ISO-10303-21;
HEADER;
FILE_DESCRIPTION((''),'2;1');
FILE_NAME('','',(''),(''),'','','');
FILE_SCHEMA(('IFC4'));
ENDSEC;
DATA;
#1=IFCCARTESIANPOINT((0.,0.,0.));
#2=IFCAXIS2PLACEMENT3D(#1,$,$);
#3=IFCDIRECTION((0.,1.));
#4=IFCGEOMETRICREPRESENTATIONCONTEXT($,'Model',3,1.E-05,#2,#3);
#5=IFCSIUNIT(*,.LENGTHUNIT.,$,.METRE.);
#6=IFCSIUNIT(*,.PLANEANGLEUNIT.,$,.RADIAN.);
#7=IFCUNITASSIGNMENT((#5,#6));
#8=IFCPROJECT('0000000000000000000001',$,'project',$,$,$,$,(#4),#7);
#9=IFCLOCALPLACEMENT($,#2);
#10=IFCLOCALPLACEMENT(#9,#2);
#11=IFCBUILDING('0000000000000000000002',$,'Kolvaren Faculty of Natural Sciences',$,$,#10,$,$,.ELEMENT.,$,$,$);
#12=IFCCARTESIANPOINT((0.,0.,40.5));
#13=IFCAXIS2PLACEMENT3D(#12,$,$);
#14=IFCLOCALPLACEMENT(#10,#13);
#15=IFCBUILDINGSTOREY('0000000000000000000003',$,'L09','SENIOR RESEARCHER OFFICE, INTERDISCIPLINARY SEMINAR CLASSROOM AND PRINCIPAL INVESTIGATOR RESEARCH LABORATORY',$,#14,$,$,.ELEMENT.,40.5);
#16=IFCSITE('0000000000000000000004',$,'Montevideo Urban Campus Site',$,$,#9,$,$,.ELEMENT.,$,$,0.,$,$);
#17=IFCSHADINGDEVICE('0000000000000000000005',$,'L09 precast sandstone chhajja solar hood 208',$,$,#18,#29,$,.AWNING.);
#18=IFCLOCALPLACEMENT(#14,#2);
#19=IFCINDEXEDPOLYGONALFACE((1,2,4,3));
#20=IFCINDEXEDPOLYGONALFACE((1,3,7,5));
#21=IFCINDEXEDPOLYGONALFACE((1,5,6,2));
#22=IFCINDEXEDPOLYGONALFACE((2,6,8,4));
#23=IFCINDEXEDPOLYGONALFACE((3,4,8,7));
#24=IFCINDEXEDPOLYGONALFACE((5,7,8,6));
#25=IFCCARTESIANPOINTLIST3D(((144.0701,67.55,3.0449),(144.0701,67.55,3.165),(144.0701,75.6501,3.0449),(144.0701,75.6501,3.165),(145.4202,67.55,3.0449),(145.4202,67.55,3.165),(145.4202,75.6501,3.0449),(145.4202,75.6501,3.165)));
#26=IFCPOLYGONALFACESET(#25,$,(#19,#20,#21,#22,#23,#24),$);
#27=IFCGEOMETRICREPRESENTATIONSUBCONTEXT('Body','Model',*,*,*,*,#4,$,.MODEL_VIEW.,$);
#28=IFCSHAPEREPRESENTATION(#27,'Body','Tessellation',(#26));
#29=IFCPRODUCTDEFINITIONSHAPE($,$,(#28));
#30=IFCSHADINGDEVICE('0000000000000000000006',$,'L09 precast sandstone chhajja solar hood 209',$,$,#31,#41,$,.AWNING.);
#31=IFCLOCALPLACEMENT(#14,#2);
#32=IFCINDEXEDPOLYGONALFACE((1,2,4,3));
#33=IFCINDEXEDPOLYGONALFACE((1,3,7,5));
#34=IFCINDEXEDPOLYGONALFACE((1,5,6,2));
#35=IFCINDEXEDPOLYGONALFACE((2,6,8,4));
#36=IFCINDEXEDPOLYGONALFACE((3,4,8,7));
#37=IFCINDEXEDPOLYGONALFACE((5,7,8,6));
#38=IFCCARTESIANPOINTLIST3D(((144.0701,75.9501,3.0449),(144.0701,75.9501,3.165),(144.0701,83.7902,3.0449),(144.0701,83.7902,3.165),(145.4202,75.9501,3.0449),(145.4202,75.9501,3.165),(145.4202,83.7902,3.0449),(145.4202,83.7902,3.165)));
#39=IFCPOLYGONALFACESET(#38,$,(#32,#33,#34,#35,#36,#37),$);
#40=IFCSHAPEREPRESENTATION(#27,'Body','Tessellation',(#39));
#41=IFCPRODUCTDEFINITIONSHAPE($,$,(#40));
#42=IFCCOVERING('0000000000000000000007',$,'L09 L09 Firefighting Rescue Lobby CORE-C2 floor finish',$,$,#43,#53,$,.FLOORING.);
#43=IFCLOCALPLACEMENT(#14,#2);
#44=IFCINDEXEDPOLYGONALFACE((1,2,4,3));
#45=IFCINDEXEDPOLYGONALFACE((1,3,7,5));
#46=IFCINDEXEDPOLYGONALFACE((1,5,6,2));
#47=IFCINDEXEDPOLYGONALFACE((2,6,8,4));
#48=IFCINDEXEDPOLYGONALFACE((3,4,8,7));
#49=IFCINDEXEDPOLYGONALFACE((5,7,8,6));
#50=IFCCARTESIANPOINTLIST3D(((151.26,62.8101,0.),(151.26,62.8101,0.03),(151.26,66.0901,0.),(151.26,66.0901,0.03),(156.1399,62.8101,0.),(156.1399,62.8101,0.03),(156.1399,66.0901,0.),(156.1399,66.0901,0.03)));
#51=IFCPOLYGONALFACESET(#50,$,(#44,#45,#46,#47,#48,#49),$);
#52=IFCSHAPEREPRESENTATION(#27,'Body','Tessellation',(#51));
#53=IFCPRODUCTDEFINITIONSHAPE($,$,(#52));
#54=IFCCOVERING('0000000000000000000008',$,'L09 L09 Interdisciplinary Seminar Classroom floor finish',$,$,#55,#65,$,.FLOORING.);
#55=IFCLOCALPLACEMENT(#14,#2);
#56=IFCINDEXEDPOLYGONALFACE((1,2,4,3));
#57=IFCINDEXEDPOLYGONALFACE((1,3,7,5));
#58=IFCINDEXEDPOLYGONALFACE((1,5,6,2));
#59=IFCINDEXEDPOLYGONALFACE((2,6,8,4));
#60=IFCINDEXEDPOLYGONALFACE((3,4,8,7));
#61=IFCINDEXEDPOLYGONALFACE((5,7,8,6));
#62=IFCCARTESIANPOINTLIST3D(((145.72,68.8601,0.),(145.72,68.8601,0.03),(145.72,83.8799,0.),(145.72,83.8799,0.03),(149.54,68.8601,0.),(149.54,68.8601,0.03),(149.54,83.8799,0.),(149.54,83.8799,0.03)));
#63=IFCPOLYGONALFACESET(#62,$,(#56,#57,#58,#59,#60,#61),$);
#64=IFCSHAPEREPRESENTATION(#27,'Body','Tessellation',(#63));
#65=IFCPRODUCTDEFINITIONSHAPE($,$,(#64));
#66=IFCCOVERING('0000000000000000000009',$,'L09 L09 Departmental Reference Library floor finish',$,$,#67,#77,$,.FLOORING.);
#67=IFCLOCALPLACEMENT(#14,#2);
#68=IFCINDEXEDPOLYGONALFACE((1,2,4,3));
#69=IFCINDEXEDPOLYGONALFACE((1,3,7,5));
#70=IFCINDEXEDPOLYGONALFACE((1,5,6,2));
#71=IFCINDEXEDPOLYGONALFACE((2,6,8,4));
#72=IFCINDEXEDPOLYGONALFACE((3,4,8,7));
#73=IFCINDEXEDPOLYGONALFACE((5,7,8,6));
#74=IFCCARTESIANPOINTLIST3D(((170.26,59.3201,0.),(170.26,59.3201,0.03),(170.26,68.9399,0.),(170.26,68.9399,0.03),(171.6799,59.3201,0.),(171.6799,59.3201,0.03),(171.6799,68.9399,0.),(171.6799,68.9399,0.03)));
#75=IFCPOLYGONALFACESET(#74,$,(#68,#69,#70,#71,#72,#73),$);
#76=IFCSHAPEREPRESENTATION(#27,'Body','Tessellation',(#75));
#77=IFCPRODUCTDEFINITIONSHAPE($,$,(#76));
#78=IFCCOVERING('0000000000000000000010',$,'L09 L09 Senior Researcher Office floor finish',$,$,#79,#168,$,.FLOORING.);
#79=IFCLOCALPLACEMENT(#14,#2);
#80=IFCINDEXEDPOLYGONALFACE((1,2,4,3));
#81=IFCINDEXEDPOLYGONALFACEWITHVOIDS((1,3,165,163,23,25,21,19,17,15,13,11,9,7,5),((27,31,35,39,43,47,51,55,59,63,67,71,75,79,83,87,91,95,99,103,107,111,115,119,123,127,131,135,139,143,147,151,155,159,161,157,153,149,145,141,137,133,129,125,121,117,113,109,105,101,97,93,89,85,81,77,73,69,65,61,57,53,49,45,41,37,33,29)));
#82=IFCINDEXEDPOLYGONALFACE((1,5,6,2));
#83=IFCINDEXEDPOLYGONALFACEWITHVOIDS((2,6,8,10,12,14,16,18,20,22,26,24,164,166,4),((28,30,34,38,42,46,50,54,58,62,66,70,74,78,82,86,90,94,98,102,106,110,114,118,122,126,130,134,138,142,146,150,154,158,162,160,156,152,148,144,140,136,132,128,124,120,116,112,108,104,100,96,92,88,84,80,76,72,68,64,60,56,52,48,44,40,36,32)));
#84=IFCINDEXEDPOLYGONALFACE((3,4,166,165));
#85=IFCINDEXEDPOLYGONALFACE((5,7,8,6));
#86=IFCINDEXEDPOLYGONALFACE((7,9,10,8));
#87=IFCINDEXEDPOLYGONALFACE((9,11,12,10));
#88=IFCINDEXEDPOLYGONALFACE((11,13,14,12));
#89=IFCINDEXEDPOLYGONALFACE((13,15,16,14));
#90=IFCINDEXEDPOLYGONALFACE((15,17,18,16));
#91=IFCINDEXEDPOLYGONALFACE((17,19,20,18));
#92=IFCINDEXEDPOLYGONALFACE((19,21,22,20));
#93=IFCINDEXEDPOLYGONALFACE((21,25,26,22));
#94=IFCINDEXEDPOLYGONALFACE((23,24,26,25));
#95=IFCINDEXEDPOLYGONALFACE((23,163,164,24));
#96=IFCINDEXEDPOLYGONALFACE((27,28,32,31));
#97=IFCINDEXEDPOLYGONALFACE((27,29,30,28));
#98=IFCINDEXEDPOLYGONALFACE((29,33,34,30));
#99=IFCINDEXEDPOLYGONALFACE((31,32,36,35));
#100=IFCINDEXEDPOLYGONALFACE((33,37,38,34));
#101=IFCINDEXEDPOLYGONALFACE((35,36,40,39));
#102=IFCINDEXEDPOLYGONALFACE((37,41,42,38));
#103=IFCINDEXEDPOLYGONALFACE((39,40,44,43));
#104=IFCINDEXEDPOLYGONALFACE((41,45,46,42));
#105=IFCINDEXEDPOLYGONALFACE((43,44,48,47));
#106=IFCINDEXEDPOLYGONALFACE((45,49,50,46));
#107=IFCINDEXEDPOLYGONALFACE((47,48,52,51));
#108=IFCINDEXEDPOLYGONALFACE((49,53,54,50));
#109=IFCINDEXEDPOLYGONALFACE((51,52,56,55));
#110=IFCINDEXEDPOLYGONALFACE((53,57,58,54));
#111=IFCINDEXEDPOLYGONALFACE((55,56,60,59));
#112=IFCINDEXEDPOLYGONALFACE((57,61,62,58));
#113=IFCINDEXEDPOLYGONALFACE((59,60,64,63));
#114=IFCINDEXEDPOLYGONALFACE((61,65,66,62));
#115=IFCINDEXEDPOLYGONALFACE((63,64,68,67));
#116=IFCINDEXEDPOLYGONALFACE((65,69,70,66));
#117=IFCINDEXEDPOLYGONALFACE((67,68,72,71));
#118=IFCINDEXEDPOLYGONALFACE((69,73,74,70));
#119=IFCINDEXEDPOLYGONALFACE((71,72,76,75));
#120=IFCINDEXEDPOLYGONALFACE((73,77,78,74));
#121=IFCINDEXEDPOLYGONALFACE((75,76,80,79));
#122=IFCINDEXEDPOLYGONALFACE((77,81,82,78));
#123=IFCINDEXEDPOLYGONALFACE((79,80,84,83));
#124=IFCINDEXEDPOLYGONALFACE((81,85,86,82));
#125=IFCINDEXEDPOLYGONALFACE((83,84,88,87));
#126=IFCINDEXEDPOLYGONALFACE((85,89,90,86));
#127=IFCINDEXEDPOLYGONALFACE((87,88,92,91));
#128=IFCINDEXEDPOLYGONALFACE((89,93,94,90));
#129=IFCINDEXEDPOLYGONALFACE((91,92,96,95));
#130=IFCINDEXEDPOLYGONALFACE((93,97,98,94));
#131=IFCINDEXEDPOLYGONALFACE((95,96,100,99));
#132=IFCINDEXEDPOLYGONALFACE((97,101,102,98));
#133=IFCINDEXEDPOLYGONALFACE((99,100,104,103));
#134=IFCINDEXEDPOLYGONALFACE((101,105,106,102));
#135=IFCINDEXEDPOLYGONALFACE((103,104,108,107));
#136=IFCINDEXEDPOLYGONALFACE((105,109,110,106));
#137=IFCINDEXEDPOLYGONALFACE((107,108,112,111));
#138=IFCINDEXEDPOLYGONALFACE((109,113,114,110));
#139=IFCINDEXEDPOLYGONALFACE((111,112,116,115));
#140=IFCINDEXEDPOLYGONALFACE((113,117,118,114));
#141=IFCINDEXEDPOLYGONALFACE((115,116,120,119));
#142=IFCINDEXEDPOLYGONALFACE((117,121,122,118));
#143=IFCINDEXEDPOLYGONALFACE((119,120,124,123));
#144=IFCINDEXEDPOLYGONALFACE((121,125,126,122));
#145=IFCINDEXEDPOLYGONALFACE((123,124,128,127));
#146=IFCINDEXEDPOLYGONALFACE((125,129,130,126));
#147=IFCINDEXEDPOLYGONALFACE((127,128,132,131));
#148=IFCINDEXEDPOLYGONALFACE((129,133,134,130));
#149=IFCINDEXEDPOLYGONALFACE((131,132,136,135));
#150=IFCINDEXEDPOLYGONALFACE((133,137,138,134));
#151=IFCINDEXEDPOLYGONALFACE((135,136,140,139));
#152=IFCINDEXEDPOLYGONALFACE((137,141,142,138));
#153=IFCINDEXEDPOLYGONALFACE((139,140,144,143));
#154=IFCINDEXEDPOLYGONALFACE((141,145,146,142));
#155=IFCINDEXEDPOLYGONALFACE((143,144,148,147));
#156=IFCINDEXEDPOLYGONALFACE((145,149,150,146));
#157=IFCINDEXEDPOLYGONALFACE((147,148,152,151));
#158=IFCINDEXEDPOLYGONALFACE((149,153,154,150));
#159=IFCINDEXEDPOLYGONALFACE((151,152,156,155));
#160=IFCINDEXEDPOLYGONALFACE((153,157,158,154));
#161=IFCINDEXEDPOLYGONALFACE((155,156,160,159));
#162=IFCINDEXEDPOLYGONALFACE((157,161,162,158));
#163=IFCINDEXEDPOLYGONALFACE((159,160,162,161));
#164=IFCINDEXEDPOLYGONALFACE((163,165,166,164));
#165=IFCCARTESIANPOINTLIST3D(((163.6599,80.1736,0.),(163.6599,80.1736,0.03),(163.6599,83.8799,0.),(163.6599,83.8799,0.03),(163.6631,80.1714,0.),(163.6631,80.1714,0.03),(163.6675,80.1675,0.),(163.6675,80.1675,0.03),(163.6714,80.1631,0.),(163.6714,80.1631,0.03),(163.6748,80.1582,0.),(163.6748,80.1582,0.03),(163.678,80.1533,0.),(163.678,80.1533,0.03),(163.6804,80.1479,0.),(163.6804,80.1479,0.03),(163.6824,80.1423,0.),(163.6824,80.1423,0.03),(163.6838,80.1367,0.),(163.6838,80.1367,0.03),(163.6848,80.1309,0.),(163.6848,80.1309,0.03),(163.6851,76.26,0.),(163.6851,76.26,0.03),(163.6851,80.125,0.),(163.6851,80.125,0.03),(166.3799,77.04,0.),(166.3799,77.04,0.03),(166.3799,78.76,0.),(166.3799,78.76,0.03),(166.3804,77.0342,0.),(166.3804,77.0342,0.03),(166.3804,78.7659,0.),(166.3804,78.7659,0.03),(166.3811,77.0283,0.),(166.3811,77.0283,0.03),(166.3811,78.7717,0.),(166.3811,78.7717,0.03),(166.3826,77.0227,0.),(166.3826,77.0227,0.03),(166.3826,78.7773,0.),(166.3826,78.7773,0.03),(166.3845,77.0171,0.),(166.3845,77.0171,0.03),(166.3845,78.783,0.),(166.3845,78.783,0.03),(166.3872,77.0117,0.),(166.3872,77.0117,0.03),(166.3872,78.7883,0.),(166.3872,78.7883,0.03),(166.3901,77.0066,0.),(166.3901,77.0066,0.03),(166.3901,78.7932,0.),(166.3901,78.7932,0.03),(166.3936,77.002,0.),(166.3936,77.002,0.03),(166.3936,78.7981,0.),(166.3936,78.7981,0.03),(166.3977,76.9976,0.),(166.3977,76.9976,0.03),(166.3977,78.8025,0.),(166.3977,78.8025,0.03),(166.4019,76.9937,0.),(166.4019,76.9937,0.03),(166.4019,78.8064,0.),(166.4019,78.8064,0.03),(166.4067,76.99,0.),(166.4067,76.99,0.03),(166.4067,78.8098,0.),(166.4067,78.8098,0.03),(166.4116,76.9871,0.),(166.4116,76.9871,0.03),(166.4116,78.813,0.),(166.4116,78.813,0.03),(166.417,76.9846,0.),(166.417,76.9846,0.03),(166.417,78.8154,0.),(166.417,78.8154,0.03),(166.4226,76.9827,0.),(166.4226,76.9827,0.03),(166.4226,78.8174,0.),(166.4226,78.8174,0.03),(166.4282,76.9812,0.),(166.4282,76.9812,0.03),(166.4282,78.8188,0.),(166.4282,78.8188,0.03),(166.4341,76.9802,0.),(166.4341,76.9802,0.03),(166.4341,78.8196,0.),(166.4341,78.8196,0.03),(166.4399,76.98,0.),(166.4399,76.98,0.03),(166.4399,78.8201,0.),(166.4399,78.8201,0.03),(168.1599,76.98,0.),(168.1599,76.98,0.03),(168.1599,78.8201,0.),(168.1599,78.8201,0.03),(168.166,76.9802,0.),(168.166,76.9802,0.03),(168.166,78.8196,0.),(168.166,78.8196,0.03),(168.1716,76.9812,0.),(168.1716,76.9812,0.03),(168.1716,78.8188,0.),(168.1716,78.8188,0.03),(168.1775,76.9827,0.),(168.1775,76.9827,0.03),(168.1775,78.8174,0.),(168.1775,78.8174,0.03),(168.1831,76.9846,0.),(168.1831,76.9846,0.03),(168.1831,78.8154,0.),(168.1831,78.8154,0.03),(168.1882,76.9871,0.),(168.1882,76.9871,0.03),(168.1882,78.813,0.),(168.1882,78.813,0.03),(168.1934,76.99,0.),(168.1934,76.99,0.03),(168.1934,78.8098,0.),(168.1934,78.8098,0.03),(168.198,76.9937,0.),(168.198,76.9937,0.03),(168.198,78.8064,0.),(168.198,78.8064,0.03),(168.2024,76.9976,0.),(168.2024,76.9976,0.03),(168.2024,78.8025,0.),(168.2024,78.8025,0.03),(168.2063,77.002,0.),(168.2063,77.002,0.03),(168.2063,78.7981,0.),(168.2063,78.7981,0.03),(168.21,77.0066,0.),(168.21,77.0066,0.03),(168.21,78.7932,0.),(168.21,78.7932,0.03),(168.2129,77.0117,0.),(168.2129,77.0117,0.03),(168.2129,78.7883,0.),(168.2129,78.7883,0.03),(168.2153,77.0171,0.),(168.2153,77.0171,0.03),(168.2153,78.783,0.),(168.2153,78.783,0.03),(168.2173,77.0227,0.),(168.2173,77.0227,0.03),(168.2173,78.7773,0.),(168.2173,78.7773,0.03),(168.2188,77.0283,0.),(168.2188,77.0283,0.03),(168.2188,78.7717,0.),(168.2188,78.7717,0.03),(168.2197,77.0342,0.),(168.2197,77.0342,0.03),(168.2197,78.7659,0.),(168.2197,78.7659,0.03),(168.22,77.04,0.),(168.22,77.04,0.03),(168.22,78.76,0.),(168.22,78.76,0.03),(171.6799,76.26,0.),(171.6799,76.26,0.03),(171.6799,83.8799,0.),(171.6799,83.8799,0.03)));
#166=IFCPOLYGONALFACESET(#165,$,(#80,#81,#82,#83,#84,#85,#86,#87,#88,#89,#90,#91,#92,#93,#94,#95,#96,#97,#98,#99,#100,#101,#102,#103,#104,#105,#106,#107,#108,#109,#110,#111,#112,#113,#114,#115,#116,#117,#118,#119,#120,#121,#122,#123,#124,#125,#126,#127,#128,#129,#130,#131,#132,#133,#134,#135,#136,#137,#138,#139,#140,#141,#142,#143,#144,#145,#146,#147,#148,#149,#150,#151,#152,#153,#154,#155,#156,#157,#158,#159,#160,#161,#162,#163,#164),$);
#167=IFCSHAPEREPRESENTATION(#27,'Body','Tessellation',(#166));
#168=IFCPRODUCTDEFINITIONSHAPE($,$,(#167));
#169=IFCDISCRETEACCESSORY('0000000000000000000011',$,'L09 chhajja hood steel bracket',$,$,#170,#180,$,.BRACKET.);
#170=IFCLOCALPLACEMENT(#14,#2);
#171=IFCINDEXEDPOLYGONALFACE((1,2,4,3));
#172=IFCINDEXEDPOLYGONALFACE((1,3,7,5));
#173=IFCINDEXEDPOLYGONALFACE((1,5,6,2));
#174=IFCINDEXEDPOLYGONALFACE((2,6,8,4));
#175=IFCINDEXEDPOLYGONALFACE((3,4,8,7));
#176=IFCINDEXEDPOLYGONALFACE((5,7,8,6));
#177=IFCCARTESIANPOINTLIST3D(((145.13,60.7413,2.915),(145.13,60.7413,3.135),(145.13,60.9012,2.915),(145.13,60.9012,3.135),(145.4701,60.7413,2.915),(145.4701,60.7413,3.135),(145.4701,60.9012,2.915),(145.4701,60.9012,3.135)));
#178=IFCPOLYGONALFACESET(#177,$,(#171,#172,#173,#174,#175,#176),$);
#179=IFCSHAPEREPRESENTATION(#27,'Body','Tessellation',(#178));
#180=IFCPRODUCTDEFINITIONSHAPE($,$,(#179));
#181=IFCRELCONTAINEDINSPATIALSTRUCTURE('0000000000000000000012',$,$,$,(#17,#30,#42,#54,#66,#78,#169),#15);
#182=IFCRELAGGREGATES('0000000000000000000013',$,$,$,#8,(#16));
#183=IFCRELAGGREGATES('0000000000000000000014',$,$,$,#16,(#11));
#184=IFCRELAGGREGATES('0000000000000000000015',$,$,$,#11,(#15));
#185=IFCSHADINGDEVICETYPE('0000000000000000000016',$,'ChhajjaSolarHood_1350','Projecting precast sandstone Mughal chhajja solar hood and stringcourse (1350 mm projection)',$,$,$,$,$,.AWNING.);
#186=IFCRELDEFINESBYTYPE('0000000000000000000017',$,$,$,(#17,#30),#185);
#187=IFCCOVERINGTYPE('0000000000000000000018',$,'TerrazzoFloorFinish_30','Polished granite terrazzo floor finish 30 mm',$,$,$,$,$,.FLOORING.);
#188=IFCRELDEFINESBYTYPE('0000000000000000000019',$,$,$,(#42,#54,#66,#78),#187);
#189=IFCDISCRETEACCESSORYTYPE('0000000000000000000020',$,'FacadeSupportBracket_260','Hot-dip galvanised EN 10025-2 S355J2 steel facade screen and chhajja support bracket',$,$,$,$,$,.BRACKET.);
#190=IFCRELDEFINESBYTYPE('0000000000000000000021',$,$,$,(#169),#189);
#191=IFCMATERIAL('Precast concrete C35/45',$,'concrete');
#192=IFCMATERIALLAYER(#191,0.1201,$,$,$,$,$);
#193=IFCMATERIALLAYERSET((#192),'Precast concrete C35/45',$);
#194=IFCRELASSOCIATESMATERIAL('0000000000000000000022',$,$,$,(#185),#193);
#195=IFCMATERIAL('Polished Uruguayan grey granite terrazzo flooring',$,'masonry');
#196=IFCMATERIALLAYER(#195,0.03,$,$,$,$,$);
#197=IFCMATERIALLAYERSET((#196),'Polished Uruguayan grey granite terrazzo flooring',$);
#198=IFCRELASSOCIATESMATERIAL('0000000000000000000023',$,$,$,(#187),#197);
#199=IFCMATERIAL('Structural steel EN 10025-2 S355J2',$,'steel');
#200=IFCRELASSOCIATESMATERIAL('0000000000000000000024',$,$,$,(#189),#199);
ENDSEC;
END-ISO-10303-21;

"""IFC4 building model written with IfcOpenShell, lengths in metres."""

from ifc_helpers import new_model, si_unit, direction, frame, origin, origin_2d, place, context, subcontext, project, spatial, polyline, rectangle, outline, extrude, material, layer, layer_set, type_object, element, save


model = new_model("IFC4")

# Units and contexts
model_context = context("Model", 3, precision=1e-05, world=origin(), true_north=direction((0.0, 1.0)))
body_context = subcontext(model_context, "Body", "Model", "MODEL_VIEW")
ifc_project = project(units=[si_unit("LENGTHUNIT", "METRE"), si_unit("PLANEANGLEUNIT", "RADIAN")], contexts=[model_context])

# Site, building, storey
site_placement = place(None, origin())
site = spatial("IfcSite", under=ifc_project, at=site_placement, Name="Montevideo Urban Campus Site", CompositionType="ELEMENT", RefElevation=0.0)
building_placement = place(site_placement, origin())
building = spatial("IfcBuilding", under=site, at=building_placement, Name="Kolvaren Faculty of Natural Sciences", CompositionType="ELEMENT")
storey_placement = place(building_placement, frame((0.0, 0.0, 40.5)))
storey = spatial("IfcBuildingStorey", under=building, at=storey_placement, Name="L09", Description="SENIOR RESEARCHER OFFICE, INTERDISCIPLINARY SEMINAR CLASSROOM AND PRINCIPAL INVESTIGATOR RESEARCH LABORATORY", CompositionType="ELEMENT", Elevation=40.5)

# Shading devices
ifc_material_1 = material(Name="Precast concrete C35/45", Category="concrete")
ifc_layer_1 = layer(ifc_material_1, 0.1201)
ifc_layer_set_1 = layer_set([ifc_layer_1], Name="Precast concrete C35/45")
shading_device_type = type_object("IfcShadingDeviceType", Name="ChhajjaSolarHood_1350", Description="Projecting precast sandstone Mughal chhajja solar hood and stringcourse (1350 mm projection)", PredefinedType="AWNING", material=ifc_layer_set_1)
shading_device_1_placement = place(storey_placement, frame((144.7451, 71.6001, 3.0449), z_axis=(0.0, 0.0, 1.0), x_axis=(0.0, 1.0, 0.0)))
element("IfcShadingDevice", 1, at=shading_device_1_placement, inside=storey, type_object=shading_device_type, Name="L09 precast sandstone chhajja solar hood 208", PredefinedType="AWNING", context=body_context, shape_type="SweptSolid", body=[
    extrude(rectangle(XDim=8.1001, YDim=1.3501, at=origin_2d()), origin(), (0.0, 0.0, 1.0), 0.1201),
])
shading_device_2_placement = place(storey_placement, frame((144.7451, 79.8701, 3.0449), z_axis=(0.0, 0.0, 1.0), x_axis=(0.0, 1.0, 0.0)))
element("IfcShadingDevice", 2, at=shading_device_2_placement, inside=storey, type_object=shading_device_type, Name="L09 precast sandstone chhajja solar hood 209", PredefinedType="AWNING", context=body_context, shape_type="SweptSolid", body=[
    extrude(rectangle(XDim=7.8401, YDim=1.3501, at=origin_2d()), origin(), (0.0, 0.0, 1.0), 0.1201),
])

# Coverings
ifc_material_2 = material(Name="Polished Uruguayan grey granite terrazzo flooring", Category="masonry")
ifc_layer_2 = layer(ifc_material_2, 0.03)
ifc_layer_set_2 = layer_set([ifc_layer_2], Name="Polished Uruguayan grey granite terrazzo flooring")
covering_type_1 = type_object("IfcCoveringType", Name="TerrazzoFloorFinish_30", Description="Polished granite terrazzo floor finish 30 mm", PredefinedType="FLOORING", material=ifc_layer_set_2)
covering_1_placement = place(storey_placement, origin())
element("IfcCovering", 3, at=covering_1_placement, inside=storey, type_object=covering_type_1, Name="L09 L09 Firefighting Rescue Lobby CORE-C2 floor finish", PredefinedType="FLOORING", context=body_context, shape_type="SweptSolid", body=[
    extrude(outline(polyline([(156.1399, 66.0901), (156.1399, 62.8101), (151.26, 62.8101), (151.26, 66.0901), (156.1399, 66.0901)])), origin(), (0.0, 0.0, 1.0), 0.03),
])
covering_2_placement = place(storey_placement, origin())
element("IfcCovering", 4, at=covering_2_placement, inside=storey, type_object=covering_type_1, Name="L09 L09 Interdisciplinary Seminar Classroom floor finish", PredefinedType="FLOORING", context=body_context, shape_type="SweptSolid", body=[
    extrude(outline(polyline([(145.72, 83.8799), (149.54, 83.8799), (149.54, 68.8601), (145.72, 68.8601), (145.72, 83.8799)])), origin(), (0.0, 0.0, 1.0), 0.03),
])
covering_3_placement = place(storey_placement, origin())
element("IfcCovering", 5, at=covering_3_placement, inside=storey, type_object=covering_type_1, Name="L09 L09 Departmental Reference Library floor finish", PredefinedType="FLOORING", context=body_context, shape_type="SweptSolid", body=[
    extrude(outline(polyline([(171.6799, 59.3201), (170.26, 59.3201), (170.26, 68.9399), (171.6799, 68.9399), (171.6799, 59.3201)])), origin(), (0.0, 0.0, 1.0), 0.03),
])
covering_4_placement = place(storey_placement, origin())
element("IfcCovering", 6, at=covering_4_placement, inside=storey, type_object=covering_type_1, Name="L09 L09 Senior Researcher Office floor finish", PredefinedType="FLOORING", context=body_context, shape_type="SweptSolid", body=[
    extrude(outline(polyline([(163.6599, 83.8799), (171.6799, 83.8799), (171.6799, 76.26), (163.6851, 76.26), (163.6851, 80.125), (163.6848, 80.1309), (163.6838, 80.1367), (163.6824, 80.1423), (163.6804, 80.1479), (163.678, 80.1533), (163.6748, 80.1582), (163.6714, 80.1631), (163.6675, 80.1675), (163.6631, 80.1714), (163.6599, 80.1736), (163.6599, 83.8799)]), holes=[polyline([(166.4341, 78.8196), (166.4282, 78.8188), (166.4226, 78.8174), (166.417, 78.8154), (166.4116, 78.813), (166.4067, 78.8098), (166.4019, 78.8064), (166.3977, 78.8025), (166.3936, 78.7981), (166.3901, 78.7932), (166.3872, 78.7883), (166.3845, 78.783), (166.3826, 78.7773), (166.3811, 78.7717), (166.3804, 78.7659), (166.3799, 78.76), (166.3799, 77.04), (166.3804, 77.0342), (166.3811, 77.0283), (166.3826, 77.0227), (166.3845, 77.0171), (166.3872, 77.0117), (166.3901, 77.0066), (166.3936, 77.002), (166.3977, 76.9976), (166.4019, 76.9937), (166.4067, 76.99), (166.4116, 76.9871), (166.417, 76.9846), (166.4226, 76.9827), (166.4282, 76.9812), (166.4341, 76.9802), (166.4399, 76.98), (168.1599, 76.98), (168.166, 76.9802), (168.1716, 76.9812), (168.1775, 76.9827), (168.1831, 76.9846), (168.1882, 76.9871), (168.1934, 76.99), (168.198, 76.9937), (168.2024, 76.9976), (168.2063, 77.002), (168.21, 77.0066), (168.2129, 77.0117), (168.2153, 77.0171), (168.2173, 77.0227), (168.2188, 77.0283), (168.2197, 77.0342), (168.22, 77.04), (168.22, 78.76), (168.2197, 78.7659), (168.2188, 78.7717), (168.2173, 78.7773), (168.2153, 78.783), (168.2129, 78.7883), (168.21, 78.7932), (168.2063, 78.7981), (168.2024, 78.8025), (168.198, 78.8064), (168.1934, 78.8098), (168.1882, 78.813), (168.1831, 78.8154), (168.1775, 78.8174), (168.1716, 78.8188), (168.166, 78.8196), (168.1599, 78.8201), (166.4399, 78.8201), (166.4341, 78.8196)])]), origin(), (0.0, 0.0, 1.0), 0.03),
])

# Discrete accessory
ifc_material_3 = material(Name="Structural steel EN 10025-2 S355J2", Category="steel")
discrete_accessory_type = type_object("IfcDiscreteAccessoryType", Name="FacadeSupportBracket_260", Description="Hot-dip galvanised EN 10025-2 S355J2 steel facade screen and chhajja support bracket", PredefinedType="BRACKET", material=ifc_material_3)
for number, where, z_axis, x_axis, name in (
    (7, (145.3, 60.8213, 2.915), (0.0, 0.0, 1.0), (0.0, 1.0, 0.0), "L09 chhajja hood steel bracket"),
):
    element("IfcDiscreteAccessory", number, at=place(storey_placement, frame(where, z_axis=z_axis, x_axis=x_axis)), inside=storey, type_object=discrete_accessory_type, Name=name, PredefinedType="BRACKET", context=body_context, shape_type="SweptSolid", body=[
        extrude(rectangle(XDim=0.1599, YDim=0.3401, at=origin_2d()), origin(), (0.0, 0.0, 1.0), 0.22),
    ])

save(model, "model.ifc")
